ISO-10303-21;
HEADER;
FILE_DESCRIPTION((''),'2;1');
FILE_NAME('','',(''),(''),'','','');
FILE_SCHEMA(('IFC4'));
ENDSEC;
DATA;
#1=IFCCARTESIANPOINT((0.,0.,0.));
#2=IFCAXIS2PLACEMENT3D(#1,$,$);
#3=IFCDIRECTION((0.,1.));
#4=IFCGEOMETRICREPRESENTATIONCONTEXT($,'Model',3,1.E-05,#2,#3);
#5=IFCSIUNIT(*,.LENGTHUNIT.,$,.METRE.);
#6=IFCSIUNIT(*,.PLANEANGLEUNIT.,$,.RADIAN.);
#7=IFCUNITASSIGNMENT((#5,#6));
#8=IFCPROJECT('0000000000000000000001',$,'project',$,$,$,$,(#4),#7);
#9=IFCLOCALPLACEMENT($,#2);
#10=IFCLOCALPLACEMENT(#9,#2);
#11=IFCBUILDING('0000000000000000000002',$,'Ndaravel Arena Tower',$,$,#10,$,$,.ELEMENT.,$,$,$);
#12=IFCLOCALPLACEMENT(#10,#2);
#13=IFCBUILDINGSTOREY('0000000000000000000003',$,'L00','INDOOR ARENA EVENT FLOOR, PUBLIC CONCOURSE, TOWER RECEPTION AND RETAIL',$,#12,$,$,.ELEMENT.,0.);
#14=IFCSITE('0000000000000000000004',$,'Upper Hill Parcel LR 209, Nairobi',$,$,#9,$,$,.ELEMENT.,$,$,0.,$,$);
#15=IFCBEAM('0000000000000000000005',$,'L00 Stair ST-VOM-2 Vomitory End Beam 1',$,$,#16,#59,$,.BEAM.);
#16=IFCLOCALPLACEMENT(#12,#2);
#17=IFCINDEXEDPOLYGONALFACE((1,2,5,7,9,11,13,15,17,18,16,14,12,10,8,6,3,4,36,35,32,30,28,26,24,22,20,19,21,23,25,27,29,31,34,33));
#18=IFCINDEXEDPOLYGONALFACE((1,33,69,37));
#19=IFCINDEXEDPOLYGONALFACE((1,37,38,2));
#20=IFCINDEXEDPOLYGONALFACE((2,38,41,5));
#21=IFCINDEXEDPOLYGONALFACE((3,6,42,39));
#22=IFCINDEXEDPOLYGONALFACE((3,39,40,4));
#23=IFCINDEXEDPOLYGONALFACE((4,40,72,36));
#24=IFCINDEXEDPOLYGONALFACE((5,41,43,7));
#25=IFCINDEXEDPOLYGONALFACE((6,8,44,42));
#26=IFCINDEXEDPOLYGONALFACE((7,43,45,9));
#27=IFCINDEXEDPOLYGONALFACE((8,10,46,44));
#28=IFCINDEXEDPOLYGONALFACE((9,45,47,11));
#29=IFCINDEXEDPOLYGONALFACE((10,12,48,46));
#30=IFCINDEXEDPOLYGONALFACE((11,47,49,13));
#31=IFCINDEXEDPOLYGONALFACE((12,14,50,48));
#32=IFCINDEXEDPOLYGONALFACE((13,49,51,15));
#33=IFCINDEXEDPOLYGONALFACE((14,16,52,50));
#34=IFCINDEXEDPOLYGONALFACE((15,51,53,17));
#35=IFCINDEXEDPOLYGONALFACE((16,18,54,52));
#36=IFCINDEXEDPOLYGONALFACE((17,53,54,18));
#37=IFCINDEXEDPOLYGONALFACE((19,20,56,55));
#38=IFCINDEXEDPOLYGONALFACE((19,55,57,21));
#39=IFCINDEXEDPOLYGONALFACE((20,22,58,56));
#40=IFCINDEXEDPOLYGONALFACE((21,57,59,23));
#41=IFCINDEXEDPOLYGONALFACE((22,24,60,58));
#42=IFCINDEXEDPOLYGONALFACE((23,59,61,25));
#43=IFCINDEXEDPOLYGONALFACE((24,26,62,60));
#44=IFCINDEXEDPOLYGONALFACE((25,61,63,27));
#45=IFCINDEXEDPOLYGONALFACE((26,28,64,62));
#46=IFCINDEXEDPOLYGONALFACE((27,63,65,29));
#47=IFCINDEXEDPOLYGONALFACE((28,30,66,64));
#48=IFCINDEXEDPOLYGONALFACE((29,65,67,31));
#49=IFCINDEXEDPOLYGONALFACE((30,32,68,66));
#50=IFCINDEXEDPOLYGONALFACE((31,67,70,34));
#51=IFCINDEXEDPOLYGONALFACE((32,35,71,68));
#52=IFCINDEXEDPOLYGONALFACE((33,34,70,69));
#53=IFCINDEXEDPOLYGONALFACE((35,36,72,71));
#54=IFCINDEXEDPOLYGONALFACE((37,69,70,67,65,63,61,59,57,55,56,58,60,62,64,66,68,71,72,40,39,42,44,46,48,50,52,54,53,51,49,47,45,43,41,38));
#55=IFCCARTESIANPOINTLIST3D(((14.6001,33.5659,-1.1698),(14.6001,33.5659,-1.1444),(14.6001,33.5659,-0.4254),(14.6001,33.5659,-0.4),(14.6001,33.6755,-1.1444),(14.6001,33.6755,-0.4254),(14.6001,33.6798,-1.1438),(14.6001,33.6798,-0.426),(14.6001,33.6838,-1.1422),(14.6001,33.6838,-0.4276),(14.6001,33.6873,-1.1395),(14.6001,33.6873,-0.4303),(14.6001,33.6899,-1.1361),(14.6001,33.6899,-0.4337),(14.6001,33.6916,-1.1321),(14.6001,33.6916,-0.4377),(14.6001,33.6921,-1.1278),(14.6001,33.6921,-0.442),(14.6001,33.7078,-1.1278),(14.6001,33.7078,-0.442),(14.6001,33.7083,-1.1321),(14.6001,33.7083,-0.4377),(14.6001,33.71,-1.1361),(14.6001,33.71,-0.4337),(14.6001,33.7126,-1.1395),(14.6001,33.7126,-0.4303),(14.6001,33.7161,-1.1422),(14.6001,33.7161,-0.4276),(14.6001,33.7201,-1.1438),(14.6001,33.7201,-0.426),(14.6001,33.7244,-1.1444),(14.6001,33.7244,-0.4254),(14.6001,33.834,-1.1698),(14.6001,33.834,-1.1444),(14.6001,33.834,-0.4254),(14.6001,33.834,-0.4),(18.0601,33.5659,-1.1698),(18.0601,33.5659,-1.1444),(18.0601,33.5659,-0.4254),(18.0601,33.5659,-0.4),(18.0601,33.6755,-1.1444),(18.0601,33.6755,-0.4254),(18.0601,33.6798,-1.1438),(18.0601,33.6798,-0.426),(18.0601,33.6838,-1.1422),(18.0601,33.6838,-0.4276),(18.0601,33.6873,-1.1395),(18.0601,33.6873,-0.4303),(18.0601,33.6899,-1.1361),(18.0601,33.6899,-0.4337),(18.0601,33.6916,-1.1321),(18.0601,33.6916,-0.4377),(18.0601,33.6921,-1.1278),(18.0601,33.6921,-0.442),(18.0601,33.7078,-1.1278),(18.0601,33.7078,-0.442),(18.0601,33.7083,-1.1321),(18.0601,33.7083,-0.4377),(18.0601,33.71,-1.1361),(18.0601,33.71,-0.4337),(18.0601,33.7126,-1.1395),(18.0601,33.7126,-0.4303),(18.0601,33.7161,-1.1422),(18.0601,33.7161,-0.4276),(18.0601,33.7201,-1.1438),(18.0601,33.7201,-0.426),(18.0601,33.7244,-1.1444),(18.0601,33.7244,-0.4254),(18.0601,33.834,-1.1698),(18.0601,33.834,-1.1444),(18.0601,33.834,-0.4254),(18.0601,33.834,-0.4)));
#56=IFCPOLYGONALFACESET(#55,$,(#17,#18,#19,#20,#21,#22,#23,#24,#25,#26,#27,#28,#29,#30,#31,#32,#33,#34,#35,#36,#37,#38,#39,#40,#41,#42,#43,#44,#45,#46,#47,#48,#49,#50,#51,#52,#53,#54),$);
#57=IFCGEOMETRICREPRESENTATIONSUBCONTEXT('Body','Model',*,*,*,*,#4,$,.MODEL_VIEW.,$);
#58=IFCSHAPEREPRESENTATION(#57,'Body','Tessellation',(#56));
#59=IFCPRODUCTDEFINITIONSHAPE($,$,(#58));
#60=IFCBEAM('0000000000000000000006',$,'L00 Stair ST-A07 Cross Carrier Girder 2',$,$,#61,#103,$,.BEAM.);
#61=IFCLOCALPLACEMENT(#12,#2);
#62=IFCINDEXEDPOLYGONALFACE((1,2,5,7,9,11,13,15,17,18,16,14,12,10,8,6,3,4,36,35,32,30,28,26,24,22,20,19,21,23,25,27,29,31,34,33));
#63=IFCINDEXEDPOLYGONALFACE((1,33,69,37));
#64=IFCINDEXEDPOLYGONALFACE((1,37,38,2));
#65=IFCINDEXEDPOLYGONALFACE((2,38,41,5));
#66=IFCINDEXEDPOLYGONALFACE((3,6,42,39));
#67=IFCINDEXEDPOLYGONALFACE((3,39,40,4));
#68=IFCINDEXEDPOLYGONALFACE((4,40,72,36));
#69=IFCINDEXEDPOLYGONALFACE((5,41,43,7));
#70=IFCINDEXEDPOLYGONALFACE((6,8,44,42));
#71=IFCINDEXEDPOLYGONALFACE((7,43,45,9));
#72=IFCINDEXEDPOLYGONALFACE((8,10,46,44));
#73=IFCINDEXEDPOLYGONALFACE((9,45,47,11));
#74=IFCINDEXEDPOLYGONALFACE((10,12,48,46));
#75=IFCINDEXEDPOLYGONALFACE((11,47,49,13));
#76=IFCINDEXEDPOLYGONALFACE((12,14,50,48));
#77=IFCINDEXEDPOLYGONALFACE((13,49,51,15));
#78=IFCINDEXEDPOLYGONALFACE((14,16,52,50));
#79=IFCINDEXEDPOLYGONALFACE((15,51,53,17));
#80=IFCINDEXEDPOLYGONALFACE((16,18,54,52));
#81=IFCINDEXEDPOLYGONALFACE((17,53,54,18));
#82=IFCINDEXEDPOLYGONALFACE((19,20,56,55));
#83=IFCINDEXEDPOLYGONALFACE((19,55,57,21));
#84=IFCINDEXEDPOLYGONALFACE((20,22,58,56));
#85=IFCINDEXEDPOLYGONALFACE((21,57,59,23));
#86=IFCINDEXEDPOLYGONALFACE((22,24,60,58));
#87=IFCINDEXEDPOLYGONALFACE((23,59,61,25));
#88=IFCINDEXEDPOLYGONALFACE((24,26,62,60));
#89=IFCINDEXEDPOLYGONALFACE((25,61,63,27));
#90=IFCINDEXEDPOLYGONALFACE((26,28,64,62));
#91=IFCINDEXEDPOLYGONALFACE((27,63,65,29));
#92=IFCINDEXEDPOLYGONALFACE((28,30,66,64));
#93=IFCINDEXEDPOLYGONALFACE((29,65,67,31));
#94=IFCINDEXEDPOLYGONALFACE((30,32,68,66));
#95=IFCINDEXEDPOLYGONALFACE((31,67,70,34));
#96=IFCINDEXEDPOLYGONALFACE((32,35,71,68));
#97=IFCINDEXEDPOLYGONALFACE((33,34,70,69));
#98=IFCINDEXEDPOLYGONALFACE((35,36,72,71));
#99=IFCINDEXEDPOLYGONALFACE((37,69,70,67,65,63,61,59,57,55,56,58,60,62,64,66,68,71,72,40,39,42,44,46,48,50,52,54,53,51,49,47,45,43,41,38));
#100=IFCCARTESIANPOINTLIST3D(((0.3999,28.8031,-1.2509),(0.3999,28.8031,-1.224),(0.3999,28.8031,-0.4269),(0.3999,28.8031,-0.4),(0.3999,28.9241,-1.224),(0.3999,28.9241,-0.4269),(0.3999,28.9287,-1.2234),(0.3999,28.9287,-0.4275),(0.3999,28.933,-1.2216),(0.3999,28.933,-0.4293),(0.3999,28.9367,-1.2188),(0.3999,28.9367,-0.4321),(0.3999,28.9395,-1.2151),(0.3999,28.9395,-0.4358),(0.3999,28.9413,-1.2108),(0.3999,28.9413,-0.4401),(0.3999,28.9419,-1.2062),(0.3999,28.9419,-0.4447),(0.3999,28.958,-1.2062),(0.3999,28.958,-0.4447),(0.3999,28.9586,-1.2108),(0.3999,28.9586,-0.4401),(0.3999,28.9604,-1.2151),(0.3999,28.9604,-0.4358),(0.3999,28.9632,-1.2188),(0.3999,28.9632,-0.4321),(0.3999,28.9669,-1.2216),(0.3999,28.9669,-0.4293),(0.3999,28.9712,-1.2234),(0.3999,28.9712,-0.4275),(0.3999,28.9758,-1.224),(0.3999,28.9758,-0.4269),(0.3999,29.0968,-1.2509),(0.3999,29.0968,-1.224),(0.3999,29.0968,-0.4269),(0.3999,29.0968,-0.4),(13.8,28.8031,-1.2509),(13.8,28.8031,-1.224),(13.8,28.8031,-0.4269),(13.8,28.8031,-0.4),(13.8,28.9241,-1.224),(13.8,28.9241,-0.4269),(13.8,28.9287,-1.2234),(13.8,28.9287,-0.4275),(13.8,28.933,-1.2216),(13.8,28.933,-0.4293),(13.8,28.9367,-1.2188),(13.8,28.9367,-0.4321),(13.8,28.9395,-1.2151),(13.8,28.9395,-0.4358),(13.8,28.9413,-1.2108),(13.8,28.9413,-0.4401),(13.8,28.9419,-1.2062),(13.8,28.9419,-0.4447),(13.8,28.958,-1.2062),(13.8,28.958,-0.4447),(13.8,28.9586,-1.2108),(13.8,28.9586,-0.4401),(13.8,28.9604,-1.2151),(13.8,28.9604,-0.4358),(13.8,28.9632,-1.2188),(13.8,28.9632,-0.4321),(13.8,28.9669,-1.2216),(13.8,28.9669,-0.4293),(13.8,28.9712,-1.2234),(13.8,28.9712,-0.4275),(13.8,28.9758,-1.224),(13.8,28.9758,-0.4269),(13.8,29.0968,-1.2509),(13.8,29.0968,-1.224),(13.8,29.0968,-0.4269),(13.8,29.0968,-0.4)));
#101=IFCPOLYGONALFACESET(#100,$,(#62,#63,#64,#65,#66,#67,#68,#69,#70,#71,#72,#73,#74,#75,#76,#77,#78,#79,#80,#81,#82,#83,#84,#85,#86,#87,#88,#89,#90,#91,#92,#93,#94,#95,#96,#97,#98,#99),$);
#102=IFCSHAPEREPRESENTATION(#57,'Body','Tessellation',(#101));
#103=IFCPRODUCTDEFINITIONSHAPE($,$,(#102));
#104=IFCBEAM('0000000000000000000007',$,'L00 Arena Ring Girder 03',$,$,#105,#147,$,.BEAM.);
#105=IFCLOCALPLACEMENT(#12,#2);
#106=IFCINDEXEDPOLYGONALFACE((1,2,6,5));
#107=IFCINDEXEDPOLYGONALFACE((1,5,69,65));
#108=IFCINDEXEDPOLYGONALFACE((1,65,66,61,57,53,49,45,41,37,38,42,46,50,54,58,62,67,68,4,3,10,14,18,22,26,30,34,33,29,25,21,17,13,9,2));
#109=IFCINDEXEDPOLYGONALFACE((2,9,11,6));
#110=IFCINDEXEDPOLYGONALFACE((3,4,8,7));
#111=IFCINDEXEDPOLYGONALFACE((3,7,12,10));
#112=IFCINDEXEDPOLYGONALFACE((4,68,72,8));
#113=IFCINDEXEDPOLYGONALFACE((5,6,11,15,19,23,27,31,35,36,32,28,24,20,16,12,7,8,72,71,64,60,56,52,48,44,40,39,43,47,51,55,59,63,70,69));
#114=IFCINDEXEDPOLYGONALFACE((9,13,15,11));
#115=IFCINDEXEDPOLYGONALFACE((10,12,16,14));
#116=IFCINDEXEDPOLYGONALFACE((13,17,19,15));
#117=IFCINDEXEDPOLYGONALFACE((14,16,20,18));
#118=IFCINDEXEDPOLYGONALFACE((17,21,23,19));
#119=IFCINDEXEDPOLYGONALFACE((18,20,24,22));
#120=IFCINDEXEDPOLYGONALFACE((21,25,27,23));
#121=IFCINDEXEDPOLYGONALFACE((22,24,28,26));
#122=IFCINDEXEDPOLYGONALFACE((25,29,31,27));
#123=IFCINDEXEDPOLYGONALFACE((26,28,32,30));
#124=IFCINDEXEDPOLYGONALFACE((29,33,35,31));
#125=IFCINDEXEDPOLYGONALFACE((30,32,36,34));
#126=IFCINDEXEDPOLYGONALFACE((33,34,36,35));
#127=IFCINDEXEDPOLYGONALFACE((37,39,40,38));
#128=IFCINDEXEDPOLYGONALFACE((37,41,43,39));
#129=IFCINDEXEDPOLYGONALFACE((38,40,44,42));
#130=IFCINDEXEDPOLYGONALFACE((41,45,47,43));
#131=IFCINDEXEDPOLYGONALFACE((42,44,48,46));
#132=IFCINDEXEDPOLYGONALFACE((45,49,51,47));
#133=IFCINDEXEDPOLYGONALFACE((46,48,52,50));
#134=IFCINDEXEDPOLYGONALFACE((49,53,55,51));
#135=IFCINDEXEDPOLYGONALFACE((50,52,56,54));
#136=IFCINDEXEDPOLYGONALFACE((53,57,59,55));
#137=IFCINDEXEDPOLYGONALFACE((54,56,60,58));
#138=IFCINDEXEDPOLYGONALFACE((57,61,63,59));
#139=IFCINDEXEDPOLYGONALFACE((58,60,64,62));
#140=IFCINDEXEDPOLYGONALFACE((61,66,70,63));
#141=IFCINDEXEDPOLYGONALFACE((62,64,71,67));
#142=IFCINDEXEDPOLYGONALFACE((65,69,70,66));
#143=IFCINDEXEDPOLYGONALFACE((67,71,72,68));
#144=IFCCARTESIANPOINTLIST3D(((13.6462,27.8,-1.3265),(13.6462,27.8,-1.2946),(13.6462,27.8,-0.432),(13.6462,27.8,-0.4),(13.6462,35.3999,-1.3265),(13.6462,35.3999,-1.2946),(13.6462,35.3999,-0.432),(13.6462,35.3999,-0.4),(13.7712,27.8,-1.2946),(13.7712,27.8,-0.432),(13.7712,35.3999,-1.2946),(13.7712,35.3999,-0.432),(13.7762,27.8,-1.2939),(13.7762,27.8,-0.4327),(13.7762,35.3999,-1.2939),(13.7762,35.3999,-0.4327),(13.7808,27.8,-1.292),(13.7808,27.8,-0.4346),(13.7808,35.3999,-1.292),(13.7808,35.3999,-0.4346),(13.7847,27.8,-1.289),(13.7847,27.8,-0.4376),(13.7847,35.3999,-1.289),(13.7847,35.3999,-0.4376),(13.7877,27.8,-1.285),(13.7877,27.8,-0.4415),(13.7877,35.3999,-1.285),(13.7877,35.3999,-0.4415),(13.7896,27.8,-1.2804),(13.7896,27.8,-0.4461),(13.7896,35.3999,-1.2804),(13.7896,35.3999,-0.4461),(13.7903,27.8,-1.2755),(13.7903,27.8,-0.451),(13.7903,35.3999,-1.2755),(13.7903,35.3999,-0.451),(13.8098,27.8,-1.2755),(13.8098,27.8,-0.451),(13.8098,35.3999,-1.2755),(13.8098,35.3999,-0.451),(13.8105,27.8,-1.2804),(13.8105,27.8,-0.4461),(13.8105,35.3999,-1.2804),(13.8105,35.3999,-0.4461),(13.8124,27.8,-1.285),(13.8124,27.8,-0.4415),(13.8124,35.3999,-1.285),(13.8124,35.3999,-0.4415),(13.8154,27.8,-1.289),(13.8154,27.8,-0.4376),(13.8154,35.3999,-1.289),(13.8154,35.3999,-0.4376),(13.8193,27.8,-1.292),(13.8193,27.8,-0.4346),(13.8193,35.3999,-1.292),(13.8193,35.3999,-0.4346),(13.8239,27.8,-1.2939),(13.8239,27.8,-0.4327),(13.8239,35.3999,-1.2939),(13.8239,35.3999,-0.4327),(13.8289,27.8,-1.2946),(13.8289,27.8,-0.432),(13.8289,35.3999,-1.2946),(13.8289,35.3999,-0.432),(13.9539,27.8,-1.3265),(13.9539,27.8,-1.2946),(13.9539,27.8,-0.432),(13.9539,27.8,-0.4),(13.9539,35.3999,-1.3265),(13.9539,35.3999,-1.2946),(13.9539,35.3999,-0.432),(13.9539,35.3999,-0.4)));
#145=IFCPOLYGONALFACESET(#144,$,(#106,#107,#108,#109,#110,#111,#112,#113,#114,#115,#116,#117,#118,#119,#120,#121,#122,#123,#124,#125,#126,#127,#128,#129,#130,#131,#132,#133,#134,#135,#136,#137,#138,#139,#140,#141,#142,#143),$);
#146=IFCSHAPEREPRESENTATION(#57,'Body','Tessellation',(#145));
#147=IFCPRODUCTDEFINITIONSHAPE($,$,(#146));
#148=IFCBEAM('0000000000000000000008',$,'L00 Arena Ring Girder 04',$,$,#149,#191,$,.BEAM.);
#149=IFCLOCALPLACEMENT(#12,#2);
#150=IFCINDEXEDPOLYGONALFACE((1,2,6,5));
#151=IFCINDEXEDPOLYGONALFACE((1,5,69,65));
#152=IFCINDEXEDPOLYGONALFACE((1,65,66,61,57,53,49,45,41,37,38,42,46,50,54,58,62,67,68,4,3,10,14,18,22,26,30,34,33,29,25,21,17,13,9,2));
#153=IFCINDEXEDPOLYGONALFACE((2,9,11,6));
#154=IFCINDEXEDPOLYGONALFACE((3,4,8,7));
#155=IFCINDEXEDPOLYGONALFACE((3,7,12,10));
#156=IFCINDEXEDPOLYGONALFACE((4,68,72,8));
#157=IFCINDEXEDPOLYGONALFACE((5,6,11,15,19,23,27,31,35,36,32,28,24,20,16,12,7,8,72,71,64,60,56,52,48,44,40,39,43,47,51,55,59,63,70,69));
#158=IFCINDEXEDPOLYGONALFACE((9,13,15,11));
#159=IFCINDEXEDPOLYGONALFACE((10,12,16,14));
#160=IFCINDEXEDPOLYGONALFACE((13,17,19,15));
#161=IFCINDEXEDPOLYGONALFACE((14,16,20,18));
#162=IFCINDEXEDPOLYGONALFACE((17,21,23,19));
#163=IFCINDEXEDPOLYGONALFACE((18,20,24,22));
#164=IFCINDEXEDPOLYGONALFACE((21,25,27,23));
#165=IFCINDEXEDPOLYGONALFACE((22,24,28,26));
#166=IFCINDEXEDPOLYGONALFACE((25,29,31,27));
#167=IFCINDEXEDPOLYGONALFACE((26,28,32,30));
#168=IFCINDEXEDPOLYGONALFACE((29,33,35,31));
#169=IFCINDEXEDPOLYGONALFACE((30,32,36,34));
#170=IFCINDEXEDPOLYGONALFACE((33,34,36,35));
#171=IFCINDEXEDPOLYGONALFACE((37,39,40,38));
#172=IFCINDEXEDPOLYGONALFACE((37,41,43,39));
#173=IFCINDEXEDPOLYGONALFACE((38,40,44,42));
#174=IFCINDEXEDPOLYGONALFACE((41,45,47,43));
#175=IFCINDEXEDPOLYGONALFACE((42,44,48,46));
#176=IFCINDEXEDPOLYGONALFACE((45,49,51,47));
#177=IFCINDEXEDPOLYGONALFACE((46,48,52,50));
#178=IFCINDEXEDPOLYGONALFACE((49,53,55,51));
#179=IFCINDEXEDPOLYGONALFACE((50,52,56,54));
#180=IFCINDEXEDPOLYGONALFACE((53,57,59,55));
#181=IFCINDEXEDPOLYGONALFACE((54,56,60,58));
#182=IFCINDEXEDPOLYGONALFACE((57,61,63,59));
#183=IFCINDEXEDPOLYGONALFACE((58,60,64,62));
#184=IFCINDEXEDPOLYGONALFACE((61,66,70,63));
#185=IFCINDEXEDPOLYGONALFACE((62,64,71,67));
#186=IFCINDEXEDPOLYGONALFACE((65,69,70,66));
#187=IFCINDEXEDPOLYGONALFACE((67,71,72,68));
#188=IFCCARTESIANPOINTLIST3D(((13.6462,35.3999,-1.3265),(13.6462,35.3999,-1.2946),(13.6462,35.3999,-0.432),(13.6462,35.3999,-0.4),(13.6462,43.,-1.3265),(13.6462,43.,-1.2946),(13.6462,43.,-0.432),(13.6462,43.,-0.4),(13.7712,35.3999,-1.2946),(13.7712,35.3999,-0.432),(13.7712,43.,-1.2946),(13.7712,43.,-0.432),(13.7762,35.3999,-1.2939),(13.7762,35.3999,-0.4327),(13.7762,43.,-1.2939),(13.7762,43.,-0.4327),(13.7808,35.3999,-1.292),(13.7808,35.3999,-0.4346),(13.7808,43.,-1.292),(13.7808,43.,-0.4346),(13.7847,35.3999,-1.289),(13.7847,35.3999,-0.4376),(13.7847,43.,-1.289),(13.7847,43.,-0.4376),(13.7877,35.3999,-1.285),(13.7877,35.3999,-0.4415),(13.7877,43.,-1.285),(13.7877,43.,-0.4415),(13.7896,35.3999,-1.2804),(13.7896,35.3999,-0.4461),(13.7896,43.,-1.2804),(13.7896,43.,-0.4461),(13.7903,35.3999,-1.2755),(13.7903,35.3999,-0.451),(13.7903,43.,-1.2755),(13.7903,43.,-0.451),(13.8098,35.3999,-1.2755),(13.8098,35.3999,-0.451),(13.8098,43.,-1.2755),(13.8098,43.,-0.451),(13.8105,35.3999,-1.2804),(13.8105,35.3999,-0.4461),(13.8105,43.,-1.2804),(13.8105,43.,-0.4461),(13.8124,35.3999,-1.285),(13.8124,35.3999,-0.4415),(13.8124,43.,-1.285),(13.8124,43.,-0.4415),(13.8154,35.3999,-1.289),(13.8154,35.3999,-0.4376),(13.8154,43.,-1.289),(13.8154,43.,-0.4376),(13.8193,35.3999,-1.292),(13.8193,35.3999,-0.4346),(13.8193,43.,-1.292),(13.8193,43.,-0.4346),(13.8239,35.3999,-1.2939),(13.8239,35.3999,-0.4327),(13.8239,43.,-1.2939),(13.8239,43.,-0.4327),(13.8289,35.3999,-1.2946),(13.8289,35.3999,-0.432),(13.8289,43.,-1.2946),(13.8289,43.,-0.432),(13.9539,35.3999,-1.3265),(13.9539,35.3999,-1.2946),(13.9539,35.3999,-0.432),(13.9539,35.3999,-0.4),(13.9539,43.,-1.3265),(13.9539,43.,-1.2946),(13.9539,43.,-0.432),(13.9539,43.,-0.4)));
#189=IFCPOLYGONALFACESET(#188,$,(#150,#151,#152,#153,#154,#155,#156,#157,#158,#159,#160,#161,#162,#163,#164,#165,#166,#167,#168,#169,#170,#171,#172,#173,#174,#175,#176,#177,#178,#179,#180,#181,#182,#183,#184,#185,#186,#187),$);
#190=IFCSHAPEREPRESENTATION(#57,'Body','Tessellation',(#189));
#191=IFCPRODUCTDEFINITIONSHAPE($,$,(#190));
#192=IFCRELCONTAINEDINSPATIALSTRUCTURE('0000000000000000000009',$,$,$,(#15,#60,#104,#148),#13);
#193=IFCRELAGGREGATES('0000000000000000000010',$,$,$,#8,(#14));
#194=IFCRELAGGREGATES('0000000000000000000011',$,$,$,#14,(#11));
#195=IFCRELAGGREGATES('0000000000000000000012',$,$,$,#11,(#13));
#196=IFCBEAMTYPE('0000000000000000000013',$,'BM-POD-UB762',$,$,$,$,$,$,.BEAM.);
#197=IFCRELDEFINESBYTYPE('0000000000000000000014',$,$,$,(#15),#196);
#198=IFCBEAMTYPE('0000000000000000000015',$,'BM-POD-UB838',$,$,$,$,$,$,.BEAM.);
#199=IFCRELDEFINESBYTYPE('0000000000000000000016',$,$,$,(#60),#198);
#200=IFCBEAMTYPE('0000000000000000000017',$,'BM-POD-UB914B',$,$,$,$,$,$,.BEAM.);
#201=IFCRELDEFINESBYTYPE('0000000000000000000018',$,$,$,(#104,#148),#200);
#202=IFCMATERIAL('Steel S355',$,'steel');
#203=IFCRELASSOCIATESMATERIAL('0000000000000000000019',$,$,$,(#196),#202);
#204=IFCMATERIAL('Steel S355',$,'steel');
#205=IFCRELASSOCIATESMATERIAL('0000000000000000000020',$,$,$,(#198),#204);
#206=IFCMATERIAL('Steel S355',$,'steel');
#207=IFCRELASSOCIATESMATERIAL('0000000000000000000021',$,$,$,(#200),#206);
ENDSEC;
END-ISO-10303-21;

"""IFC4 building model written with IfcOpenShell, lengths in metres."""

from ifc_helpers import new_model, si_unit, direction, frame, origin, origin_2d, place, context, subcontext, project, spatial, i_section, extrude, material, material_profile, profile_set, type_object, element, save


model = new_model("IFC4")

# Units and contexts
model_context = context("Model", 3, precision=1e-05, world=origin(), true_north=direction((0.0, 1.0)))
body_context = subcontext(model_context, "Body", "Model", "MODEL_VIEW")
ifc_project = project(units=[si_unit("LENGTHUNIT", "METRE"), si_unit("PLANEANGLEUNIT", "RADIAN")], contexts=[model_context])

# Site, building, storey
site_placement = place(None, origin())
site = spatial("IfcSite", under=ifc_project, at=site_placement, Name="Upper Hill Parcel LR 209, Nairobi", CompositionType="ELEMENT", RefElevation=0.0)
building_placement = place(site_placement, origin())
building = spatial("IfcBuilding", under=site, at=building_placement, Name="Ndaravel Arena Tower", CompositionType="ELEMENT")
storey_placement = place(building_placement, origin())
storey = spatial("IfcBuildingStorey", under=building, at=storey_placement, Name="L00", Description="INDOOR ARENA EVENT FLOOR, PUBLIC CONCOURSE, TOWER RECEPTION AND RETAIL", CompositionType="ELEMENT", Elevation=0.0)

# Beams
ifc_material_1 = material(Name="Steel S355", Category="steel")
ifc_material_profile_1 = material_profile(ifc_material_1, i_section(OverallWidth=0.2681, OverallDepth=0.7698, WebThickness=0.0156, FlangeThickness=0.0254, FilletRadius=0.0166, at=origin_2d()), Name="UB 762x267x197")
ifc_profile_set_1 = profile_set([ifc_material_profile_1], Name="Steel S355")
beam_type_1 = type_object("IfcBeamType", Name="BM-POD-UB762", PredefinedType="BEAM", material=ifc_profile_set_1)
beam_1_placement = place(storey_placement, frame((14.6001, 33.7, -0.7849), z_axis=(1.0, 0.0, 0.0), x_axis=(0.0, 1.0, 0.0)))
element("IfcBeam", 1, at=beam_1_placement, inside=storey, type_object=beam_type_1, Name="L00 Stair ST-VOM-2 Vomitory End Beam 1", PredefinedType="BEAM", context=body_context, shape_type="SweptSolid", body=[
    extrude(i_section(OverallWidth=0.2681, OverallDepth=0.7698, WebThickness=0.0156, FlangeThickness=0.0254, FilletRadius=0.0166, at=origin_2d()), origin(), (0.0, 0.0, 1.0), 3.46),
])
ifc_material_2 = material(Name="Steel S355", Category="steel")
ifc_material_profile_2 = material_profile(ifc_material_2, i_section(OverallWidth=0.2937, OverallDepth=0.8508, WebThickness=0.0161, FlangeThickness=0.0269, FilletRadius=0.0178, at=origin_2d()), Name="UB 838x292x226")
ifc_profile_set_2 = profile_set([ifc_material_profile_2], Name="Steel S355")
beam_type_2 = type_object("IfcBeamType", Name="BM-POD-UB838", PredefinedType="BEAM", material=ifc_profile_set_2)
beam_2_placement = place(storey_placement, frame((0.3999, 28.95, -0.8254), z_axis=(1.0, 0.0, 0.0), x_axis=(0.0, 1.0, 0.0)))
element("IfcBeam", 2, at=beam_2_placement, inside=storey, type_object=beam_type_2, Name="L00 Stair ST-A07 Cross Carrier Girder 2", PredefinedType="BEAM", context=body_context, shape_type="SweptSolid", body=[
    extrude(i_section(OverallWidth=0.2937, OverallDepth=0.8508, WebThickness=0.0161, FlangeThickness=0.0269, FilletRadius=0.0178, at=origin_2d()), origin(), (0.0, 0.0, 1.0), 13.4001),
])
ifc_material_3 = material(Name="Steel S355", Category="steel")
ifc_material_profile_3 = material_profile(ifc_material_3, i_section(OverallWidth=0.3076, OverallDepth=0.9265, WebThickness=0.0195, FlangeThickness=0.032, FilletRadius=0.019, at=origin_2d()), Name="UB 914x305x289")
ifc_profile_set_3 = profile_set([ifc_material_profile_3], Name="Steel S355")
beam_type_3 = type_object("IfcBeamType", Name="BM-POD-UB914B", PredefinedType="BEAM", material=ifc_profile_set_3)
beam_3_placement = place(storey_placement, frame((13.8, 27.8, -0.8633), z_axis=(0.0, 1.0, 0.0), x_axis=(-1.0, 0.0, 0.0)))
element("IfcBeam", 3, at=beam_3_placement, inside=storey, type_object=beam_type_3, Name="L00 Arena Ring Girder 03", PredefinedType="BEAM", context=body_context, shape_type="SweptSolid", body=[
    extrude(i_section(OverallWidth=0.3076, OverallDepth=0.9265, WebThickness=0.0195, FlangeThickness=0.032, FilletRadius=0.019, at=origin_2d()), origin(), (0.0, 0.0, 1.0), 7.5999),
])
beam_4_placement = place(storey_placement, frame((13.8, 35.3999, -0.8633), z_axis=(0.0, 1.0, 0.0), x_axis=(-1.0, 0.0, 0.0)))
element("IfcBeam", 4, at=beam_4_placement, inside=storey, type_object=beam_type_3, Name="L00 Arena Ring Girder 04", PredefinedType="BEAM", context=body_context, shape_type="SweptSolid", body=[
    extrude(i_section(OverallWidth=0.3076, OverallDepth=0.9265, WebThickness=0.0195, FlangeThickness=0.032, FilletRadius=0.019, at=origin_2d()), origin(), (0.0, 0.0, 1.0), 7.6001),
])

save(model, "model.ifc")
